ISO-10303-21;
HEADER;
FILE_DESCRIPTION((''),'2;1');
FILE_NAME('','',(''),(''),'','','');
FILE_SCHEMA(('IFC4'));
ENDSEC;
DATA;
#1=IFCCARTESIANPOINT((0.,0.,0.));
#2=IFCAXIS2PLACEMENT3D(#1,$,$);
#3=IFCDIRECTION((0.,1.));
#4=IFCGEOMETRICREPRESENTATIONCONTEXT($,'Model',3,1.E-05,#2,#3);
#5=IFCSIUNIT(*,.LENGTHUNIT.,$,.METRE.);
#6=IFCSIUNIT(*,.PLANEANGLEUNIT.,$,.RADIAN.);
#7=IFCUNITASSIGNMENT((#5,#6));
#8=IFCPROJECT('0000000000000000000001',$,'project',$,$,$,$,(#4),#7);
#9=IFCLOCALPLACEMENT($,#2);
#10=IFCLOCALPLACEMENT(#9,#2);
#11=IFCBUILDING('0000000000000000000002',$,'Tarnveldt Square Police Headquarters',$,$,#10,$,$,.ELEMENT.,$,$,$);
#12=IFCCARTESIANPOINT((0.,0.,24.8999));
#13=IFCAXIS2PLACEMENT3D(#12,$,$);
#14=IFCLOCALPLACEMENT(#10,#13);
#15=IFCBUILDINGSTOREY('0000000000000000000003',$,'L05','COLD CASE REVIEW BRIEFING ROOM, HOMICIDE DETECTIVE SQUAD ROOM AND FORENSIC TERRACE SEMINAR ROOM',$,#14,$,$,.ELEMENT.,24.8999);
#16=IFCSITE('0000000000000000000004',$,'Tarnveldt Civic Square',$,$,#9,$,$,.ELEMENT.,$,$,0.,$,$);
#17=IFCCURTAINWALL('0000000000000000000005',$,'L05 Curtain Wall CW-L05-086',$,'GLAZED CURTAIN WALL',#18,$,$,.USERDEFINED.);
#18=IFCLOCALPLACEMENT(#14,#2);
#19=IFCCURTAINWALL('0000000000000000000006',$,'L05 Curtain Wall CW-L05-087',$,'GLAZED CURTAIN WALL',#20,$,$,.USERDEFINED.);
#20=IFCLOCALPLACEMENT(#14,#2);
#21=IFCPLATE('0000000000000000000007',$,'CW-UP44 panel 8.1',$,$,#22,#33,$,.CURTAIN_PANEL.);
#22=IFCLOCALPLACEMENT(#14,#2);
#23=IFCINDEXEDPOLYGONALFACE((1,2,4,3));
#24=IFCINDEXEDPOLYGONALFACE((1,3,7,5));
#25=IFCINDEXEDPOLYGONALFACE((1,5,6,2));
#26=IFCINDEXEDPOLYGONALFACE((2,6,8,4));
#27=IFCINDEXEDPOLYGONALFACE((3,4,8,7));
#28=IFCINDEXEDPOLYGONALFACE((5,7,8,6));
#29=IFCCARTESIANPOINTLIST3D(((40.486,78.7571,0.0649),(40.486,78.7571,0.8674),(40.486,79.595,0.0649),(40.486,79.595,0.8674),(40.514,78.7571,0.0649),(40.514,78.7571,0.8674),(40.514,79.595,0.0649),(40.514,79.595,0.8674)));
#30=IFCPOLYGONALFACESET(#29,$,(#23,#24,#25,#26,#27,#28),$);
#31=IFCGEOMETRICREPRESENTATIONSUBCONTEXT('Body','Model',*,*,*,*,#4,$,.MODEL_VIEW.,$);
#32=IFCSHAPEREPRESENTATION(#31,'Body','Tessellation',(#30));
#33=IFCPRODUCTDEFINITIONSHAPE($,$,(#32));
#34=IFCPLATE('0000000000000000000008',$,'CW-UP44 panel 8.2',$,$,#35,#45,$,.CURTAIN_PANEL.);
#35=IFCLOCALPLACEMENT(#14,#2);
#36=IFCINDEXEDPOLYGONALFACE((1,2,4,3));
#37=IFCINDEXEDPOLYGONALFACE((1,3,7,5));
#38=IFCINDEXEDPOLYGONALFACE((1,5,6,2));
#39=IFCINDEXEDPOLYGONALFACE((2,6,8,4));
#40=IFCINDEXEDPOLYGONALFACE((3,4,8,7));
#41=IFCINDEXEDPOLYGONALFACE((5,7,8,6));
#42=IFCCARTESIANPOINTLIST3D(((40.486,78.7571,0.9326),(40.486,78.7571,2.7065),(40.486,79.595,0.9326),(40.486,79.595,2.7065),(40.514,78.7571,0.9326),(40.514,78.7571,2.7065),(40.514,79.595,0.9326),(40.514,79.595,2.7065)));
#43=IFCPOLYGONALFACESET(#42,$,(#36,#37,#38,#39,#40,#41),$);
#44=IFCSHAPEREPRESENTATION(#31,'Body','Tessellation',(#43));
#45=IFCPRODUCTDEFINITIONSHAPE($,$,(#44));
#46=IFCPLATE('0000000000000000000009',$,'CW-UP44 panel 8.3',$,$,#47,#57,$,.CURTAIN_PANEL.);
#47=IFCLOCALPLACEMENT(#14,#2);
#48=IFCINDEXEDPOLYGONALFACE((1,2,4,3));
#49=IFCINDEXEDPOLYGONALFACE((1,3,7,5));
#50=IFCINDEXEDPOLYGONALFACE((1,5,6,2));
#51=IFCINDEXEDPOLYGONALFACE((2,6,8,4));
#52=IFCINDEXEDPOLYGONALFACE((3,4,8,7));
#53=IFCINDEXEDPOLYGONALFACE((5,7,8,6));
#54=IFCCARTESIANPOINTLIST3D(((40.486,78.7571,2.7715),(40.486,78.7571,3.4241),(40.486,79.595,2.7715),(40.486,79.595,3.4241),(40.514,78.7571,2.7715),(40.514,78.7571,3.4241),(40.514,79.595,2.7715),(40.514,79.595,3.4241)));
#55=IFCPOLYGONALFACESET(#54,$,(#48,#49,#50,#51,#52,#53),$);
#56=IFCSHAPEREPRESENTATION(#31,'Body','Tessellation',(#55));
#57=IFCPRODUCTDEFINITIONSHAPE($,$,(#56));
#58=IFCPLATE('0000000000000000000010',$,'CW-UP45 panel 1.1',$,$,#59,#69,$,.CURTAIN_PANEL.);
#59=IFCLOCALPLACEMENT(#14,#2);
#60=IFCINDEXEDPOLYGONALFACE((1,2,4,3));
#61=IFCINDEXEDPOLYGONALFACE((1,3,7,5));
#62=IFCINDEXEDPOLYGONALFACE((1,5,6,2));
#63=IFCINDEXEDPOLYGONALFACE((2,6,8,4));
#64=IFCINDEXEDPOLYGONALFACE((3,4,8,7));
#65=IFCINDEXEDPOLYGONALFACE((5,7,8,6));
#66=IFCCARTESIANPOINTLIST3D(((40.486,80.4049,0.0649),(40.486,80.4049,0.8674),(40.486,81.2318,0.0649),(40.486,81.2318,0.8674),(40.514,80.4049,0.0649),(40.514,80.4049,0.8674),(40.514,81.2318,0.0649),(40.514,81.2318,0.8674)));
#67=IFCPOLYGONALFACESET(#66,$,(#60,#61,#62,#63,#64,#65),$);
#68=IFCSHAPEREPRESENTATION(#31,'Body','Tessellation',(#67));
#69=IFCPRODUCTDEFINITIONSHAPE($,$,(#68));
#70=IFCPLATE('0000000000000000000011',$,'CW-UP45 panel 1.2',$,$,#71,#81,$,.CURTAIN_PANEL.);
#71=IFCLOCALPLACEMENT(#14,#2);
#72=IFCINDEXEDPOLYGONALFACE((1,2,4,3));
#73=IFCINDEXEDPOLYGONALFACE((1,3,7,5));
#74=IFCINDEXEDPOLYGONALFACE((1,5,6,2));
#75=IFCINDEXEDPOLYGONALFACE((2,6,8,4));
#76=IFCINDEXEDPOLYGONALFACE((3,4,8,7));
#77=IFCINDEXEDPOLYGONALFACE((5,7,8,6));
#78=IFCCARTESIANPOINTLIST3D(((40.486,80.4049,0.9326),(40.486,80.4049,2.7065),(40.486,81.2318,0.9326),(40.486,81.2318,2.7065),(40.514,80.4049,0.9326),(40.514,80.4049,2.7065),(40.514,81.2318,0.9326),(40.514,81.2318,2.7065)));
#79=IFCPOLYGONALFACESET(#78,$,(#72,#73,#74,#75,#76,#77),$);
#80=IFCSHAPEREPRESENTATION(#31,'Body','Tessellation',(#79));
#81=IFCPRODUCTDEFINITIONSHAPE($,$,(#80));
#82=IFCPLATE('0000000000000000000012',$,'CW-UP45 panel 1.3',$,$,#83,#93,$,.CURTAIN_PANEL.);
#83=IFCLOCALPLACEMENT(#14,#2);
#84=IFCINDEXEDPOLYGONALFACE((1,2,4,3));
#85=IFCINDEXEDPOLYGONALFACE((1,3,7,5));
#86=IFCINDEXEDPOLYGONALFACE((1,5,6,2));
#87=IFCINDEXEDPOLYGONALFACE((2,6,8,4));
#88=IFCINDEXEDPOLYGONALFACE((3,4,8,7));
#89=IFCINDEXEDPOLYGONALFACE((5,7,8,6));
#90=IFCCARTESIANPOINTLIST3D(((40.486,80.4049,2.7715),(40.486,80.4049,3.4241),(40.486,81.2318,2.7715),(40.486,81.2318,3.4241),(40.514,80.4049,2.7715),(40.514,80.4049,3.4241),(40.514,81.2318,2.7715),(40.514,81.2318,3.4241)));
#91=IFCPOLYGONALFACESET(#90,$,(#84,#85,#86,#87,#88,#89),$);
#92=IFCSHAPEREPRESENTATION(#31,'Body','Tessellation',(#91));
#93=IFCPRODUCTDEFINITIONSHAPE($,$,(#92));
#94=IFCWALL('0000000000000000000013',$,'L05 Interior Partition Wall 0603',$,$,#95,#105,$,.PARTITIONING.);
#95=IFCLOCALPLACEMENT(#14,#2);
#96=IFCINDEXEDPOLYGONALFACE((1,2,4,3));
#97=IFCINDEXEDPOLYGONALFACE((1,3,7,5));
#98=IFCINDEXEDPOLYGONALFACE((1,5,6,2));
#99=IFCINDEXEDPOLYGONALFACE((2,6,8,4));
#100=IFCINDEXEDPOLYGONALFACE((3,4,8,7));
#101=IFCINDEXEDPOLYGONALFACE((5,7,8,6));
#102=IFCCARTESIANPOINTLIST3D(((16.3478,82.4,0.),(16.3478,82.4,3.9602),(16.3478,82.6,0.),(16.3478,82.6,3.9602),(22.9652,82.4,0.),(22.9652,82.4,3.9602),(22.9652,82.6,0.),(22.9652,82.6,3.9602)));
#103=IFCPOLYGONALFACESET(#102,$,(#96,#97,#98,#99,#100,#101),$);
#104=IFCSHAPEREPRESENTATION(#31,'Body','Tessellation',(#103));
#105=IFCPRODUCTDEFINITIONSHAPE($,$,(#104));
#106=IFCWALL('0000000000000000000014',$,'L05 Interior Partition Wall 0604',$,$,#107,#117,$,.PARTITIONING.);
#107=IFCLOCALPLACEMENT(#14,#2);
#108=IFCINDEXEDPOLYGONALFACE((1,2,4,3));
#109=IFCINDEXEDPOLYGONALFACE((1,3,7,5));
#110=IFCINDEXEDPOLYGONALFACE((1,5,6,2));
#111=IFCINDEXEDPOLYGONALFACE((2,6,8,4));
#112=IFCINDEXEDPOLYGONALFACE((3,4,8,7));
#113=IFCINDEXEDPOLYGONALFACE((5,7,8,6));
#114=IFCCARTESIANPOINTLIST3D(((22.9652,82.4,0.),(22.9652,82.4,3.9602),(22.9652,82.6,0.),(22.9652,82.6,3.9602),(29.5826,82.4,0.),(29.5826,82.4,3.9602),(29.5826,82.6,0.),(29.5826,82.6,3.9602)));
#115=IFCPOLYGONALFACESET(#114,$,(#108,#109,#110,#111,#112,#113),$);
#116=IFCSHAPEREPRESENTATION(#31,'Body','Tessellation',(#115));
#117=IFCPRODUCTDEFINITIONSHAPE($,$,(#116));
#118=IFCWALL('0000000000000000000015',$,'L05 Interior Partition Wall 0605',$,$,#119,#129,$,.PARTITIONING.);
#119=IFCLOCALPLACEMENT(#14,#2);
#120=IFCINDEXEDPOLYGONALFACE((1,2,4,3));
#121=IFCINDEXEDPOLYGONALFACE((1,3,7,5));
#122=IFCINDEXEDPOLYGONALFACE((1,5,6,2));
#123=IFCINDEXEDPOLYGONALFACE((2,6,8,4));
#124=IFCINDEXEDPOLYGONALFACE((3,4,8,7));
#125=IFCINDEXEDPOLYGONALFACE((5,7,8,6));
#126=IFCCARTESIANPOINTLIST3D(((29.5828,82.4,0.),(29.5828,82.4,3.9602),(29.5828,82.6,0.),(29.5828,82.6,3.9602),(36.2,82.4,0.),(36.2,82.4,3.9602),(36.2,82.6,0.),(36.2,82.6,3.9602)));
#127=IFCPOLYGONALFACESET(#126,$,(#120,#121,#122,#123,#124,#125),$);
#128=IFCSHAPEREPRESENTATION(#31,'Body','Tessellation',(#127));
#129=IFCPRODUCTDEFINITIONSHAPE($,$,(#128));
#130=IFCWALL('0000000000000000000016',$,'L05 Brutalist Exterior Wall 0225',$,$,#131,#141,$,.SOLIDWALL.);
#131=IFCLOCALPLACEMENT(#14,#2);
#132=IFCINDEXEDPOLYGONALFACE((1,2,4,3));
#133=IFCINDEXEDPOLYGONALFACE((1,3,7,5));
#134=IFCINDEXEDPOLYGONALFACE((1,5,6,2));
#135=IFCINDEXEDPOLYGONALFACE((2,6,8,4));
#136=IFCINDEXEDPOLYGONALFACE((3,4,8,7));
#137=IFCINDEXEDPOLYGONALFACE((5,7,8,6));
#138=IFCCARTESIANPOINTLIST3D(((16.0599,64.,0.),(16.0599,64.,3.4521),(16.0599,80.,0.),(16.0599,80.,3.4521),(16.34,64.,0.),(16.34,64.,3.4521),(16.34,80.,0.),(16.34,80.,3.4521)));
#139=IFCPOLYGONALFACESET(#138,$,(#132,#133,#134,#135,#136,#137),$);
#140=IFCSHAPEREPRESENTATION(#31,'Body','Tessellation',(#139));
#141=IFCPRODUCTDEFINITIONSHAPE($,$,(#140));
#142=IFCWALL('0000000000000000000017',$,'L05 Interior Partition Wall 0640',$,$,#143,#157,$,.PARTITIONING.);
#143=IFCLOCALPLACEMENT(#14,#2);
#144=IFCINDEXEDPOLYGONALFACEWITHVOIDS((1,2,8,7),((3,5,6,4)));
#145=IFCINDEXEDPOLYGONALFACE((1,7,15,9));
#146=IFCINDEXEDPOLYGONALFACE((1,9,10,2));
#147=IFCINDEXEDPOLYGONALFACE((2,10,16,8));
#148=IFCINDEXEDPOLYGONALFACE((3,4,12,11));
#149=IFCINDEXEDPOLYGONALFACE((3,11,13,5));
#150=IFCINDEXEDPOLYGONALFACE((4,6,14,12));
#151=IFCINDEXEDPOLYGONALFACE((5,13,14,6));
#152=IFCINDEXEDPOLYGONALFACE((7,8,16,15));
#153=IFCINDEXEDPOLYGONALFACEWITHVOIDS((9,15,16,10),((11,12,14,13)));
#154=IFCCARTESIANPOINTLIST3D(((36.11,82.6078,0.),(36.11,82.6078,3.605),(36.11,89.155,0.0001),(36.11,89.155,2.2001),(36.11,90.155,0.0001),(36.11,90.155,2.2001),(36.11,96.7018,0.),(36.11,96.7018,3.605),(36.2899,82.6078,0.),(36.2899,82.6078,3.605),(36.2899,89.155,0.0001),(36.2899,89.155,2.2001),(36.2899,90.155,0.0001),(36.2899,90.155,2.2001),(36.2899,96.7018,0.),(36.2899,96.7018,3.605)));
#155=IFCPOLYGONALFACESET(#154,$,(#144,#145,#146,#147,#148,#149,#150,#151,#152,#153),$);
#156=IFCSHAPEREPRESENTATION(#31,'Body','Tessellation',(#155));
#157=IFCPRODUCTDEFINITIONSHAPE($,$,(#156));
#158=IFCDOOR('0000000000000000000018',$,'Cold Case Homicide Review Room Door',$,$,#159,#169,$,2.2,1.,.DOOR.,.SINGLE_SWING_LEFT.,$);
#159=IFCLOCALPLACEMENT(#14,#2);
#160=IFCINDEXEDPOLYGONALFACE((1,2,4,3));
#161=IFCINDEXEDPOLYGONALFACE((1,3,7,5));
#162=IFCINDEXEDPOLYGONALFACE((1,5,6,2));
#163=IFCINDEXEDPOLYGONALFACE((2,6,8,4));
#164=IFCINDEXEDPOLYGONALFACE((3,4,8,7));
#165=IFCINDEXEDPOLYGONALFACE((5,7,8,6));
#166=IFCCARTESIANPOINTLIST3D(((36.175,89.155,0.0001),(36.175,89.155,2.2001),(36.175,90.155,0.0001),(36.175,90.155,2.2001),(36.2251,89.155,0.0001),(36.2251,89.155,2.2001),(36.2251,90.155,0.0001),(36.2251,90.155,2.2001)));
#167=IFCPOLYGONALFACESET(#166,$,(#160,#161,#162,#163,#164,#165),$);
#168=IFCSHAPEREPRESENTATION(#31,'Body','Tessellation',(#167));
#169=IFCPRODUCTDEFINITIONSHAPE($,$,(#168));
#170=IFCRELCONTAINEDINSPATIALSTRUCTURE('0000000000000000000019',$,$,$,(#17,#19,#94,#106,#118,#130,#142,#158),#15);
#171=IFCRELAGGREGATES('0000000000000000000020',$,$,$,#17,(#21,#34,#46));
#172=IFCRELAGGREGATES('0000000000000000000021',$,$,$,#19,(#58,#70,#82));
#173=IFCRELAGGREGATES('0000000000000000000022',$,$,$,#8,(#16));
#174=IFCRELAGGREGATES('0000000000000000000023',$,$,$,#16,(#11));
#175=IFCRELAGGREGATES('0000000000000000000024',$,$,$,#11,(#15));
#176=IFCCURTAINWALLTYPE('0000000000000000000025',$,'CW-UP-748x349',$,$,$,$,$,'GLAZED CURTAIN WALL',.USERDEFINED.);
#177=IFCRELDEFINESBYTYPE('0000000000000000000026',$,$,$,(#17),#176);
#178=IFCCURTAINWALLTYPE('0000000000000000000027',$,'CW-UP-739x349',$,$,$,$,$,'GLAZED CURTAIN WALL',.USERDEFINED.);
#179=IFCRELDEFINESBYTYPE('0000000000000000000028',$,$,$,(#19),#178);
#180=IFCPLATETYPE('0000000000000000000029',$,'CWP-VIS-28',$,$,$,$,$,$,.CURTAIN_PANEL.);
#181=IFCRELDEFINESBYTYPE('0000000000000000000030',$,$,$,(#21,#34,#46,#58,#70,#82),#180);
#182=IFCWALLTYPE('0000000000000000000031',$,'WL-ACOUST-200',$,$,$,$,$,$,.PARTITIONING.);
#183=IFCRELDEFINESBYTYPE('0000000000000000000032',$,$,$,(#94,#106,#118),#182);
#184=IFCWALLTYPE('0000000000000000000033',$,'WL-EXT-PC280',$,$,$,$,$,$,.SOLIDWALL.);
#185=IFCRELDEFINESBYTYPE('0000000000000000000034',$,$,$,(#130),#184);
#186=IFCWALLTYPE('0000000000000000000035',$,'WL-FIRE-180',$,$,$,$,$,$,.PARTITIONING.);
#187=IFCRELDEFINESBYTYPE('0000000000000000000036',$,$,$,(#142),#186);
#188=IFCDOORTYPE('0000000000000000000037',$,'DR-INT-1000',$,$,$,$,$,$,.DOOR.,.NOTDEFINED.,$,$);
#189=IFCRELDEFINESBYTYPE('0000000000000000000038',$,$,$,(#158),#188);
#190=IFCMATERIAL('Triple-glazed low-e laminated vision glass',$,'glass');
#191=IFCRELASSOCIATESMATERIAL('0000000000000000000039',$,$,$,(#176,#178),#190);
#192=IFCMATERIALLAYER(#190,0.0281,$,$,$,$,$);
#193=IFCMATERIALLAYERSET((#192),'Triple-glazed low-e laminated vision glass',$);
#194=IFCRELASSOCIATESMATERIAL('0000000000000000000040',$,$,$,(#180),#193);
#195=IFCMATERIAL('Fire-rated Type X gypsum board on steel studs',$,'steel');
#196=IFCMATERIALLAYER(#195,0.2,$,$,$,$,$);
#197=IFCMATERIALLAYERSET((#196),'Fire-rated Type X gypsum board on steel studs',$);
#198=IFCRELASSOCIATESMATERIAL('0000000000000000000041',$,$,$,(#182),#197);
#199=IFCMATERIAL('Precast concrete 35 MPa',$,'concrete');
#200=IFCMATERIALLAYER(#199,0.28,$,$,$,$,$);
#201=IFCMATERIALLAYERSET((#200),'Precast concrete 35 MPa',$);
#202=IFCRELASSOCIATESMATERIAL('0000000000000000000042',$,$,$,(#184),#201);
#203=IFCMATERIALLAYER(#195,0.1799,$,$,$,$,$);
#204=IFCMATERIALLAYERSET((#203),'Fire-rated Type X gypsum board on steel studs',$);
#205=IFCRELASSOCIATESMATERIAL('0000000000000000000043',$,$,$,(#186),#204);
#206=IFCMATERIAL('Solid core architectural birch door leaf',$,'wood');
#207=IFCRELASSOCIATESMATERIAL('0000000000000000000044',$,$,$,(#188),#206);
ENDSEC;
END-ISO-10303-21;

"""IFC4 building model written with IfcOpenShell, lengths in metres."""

from ifc_helpers import new_model, si_unit, direction, frame, frame_2d, origin, origin_2d, place, context, subcontext, project, spatial, rectangle, extrude, material, layer, layer_set, type_object, element, fill, aggregate, save


model = new_model("IFC4")

# Units and contexts
model_context = context("Model", 3, precision=1e-05, world=origin(), true_north=direction((0.0, 1.0)))
body_context = subcontext(model_context, "Body", "Model", "MODEL_VIEW")
ifc_project = project(units=[si_unit("LENGTHUNIT", "METRE"), si_unit("PLANEANGLEUNIT", "RADIAN")], contexts=[model_context])

# Site, building, storey
site_placement = place(None, origin())
site = spatial("IfcSite", under=ifc_project, at=site_placement, Name="Tarnveldt Civic Square", CompositionType="ELEMENT", RefElevation=0.0)
building_placement = place(site_placement, origin())
building = spatial("IfcBuilding", under=site, at=building_placement, Name="Tarnveldt Square Police Headquarters", CompositionType="ELEMENT")
storey_placement = place(building_placement, frame((0.0, 0.0, 24.8999)))
storey = spatial("IfcBuildingStorey", under=building, at=storey_placement, Name="L05", Description="COLD CASE REVIEW BRIEFING ROOM, HOMICIDE DETECTIVE SQUAD ROOM AND FORENSIC TERRACE SEMINAR ROOM", CompositionType="ELEMENT", Elevation=24.8999)

# Curtain wall
ifc_material_1 = material(Name="Triple-glazed low-e laminated vision glass", Category="glass")
curtain_wall_type_1 = type_object("IfcCurtainWallType", Name="CW-UP-748x349", ElementType="GLAZED CURTAIN WALL", PredefinedType="USERDEFINED", material=ifc_material_1)
curtain_wall_1_placement = place(storey_placement, origin())
curtain_wall_1 = element("IfcCurtainWall", 1, at=curtain_wall_1_placement, inside=storey, type_object=curtain_wall_type_1, Name="L05 Curtain Wall CW-L05-086", ObjectType="GLAZED CURTAIN WALL", PredefinedType="USERDEFINED")

# Curtain wall
curtain_wall_type_2 = type_object("IfcCurtainWallType", Name="CW-UP-739x349", ElementType="GLAZED CURTAIN WALL", PredefinedType="USERDEFINED", material=ifc_material_1)
curtain_wall_2_placement = place(storey_placement, origin())
curtain_wall_2 = element("IfcCurtainWall", 2, at=curtain_wall_2_placement, inside=storey, type_object=curtain_wall_type_2, Name="L05 Curtain Wall CW-L05-087", ObjectType="GLAZED CURTAIN WALL", PredefinedType="USERDEFINED")

# Plates
ifc_layer_1 = layer(ifc_material_1, 0.0281)
ifc_layer_set_1 = layer_set([ifc_layer_1], Name="Triple-glazed low-e laminated vision glass")
plate_type = type_object("IfcPlateType", Name="CWP-VIS-28", PredefinedType="CURTAIN_PANEL", material=ifc_layer_set_1)
plate_1_placement = place(storey_placement, frame((40.5, 79.176, 0.0649), z_axis=(0.0, 0.0, 1.0), x_axis=(0.0, 1.0, 0.0)))
plate_1 = element("IfcPlate", 3, at=plate_1_placement, type_object=plate_type, Name="CW-UP44 panel 8.1", PredefinedType="CURTAIN_PANEL", context=body_context, shape_type="SweptSolid", body=[
    extrude(rectangle(XDim=0.8379, YDim=0.0281, at=origin_2d()), origin(), (0.0, 0.0, 1.0), 0.8025),
])
plate_2_placement = place(storey_placement, frame((40.5, 79.176, 0.9326), z_axis=(0.0, 0.0, 1.0), x_axis=(0.0, 1.0, 0.0)))
plate_2 = element("IfcPlate", 4, at=plate_2_placement, type_object=plate_type, Name="CW-UP44 panel 8.2", PredefinedType="CURTAIN_PANEL", context=body_context, shape_type="SweptSolid", body=[
    extrude(rectangle(XDim=0.8379, YDim=0.0281, at=origin_2d()), origin(), (0.0, 0.0, 1.0), 1.7739),
])
plate_3_placement = place(storey_placement, frame((40.5, 79.176, 2.7715), z_axis=(0.0, 0.0, 1.0), x_axis=(0.0, 1.0, 0.0)))
plate_3 = element("IfcPlate", 5, at=plate_3_placement, type_object=plate_type, Name="CW-UP44 panel 8.3", PredefinedType="CURTAIN_PANEL", context=body_context, shape_type="SweptSolid", body=[
    extrude(rectangle(XDim=0.8379, YDim=0.0281, at=origin_2d()), origin(), (0.0, 0.0, 1.0), 0.6526),
])
aggregate(curtain_wall_1, [plate_1, plate_2, plate_3])
plate_4_placement = place(storey_placement, frame((40.5, 80.8184, 0.0649), z_axis=(0.0, 0.0, 1.0), x_axis=(0.0, 1.0, 0.0)))
plate_4 = element("IfcPlate", 6, at=plate_4_placement, type_object=plate_type, Name="CW-UP45 panel 1.1", PredefinedType="CURTAIN_PANEL", context=body_context, shape_type="SweptSolid", body=[
    extrude(rectangle(XDim=0.8269, YDim=0.0281, at=origin_2d()), origin(), (0.0, 0.0, 1.0), 0.8025),
])
plate_5_placement = place(storey_placement, frame((40.5, 80.8184, 0.9326), z_axis=(0.0, 0.0, 1.0), x_axis=(0.0, 1.0, 0.0)))
plate_5 = element("IfcPlate", 7, at=plate_5_placement, type_object=plate_type, Name="CW-UP45 panel 1.2", PredefinedType="CURTAIN_PANEL", context=body_context, shape_type="SweptSolid", body=[
    extrude(rectangle(XDim=0.8269, YDim=0.0281, at=origin_2d()), origin(), (0.0, 0.0, 1.0), 1.7739),
])
plate_6_placement = place(storey_placement, frame((40.5, 80.8184, 2.7715), z_axis=(0.0, 0.0, 1.0), x_axis=(0.0, 1.0, 0.0)))
plate_6 = element("IfcPlate", 8, at=plate_6_placement, type_object=plate_type, Name="CW-UP45 panel 1.3", PredefinedType="CURTAIN_PANEL", context=body_context, shape_type="SweptSolid", body=[
    extrude(rectangle(XDim=0.8269, YDim=0.0281, at=origin_2d()), origin(), (0.0, 0.0, 1.0), 0.6526),
])
aggregate(curtain_wall_2, [plate_4, plate_5, plate_6])

# Walls
ifc_material_2 = material(Name="Fire-rated Type X gypsum board on steel studs", Category="steel")
ifc_layer_2 = layer(ifc_material_2, 0.2)
ifc_layer_set_2 = layer_set([ifc_layer_2], Name="Fire-rated Type X gypsum board on steel studs")
wall_type_1 = type_object("IfcWallType", Name="WL-ACOUST-200", PredefinedType="PARTITIONING", material=ifc_layer_set_2)
for number, where, z_axis, x_axis, name in (
    (9, (16.3479, 82.5, 0.0), (0.0, 0.0, 1.0), (1.0, 0.0, 0.0), "L05 Interior Partition Wall 0603"),
    (10, (22.9653, 82.5, 0.0), (0.0, 0.0, 1.0), (1.0, 0.0, 0.0), "L05 Interior Partition Wall 0604"),
):
    element("IfcWall", number, at=place(storey_placement, frame(where, z_axis=z_axis, x_axis=x_axis)), inside=storey, type_object=wall_type_1, Name=name, PredefinedType="PARTITIONING", context=body_context, shape_type="SweptSolid", body=[
        extrude(rectangle(XDim=6.6174, YDim=0.2, at=frame_2d((3.3086, 0.0))), origin(), (0.0, 0.0, 1.0), 3.9602),
    ])
wall_1_placement = place(storey_placement, frame((29.5828, 82.5, 0.0), z_axis=(0.0, 0.0, 1.0), x_axis=(1.0, 0.0, 0.0)))
element("IfcWall", 11, at=wall_1_placement, inside=storey, type_object=wall_type_1, Name="L05 Interior Partition Wall 0605", PredefinedType="PARTITIONING", context=body_context, shape_type="SweptSolid", body=[
    extrude(rectangle(XDim=6.6172, YDim=0.2, at=frame_2d((3.3086, 0.0))), origin(), (0.0, 0.0, 1.0), 3.9602),
])
ifc_material_3 = material(Name="Precast concrete 35 MPa", Category="concrete")
ifc_layer_3 = layer(ifc_material_3, 0.28)
ifc_layer_set_3 = layer_set([ifc_layer_3], Name="Precast concrete 35 MPa")
wall_type_2 = type_object("IfcWallType", Name="WL-EXT-PC280", PredefinedType="SOLIDWALL", material=ifc_layer_set_3)
wall_2_placement = place(storey_placement, frame((16.2, 80.0, 0.0), z_axis=(0.0, 0.0, 1.0), x_axis=(0.0, -1.0, 0.0)))
element("IfcWall", 12, at=wall_2_placement, inside=storey, type_object=wall_type_2, Name="L05 Brutalist Exterior Wall 0225", PredefinedType="SOLIDWALL", context=body_context, shape_type="SweptSolid", body=[
    extrude(rectangle(XDim=16.0, YDim=0.28, at=frame_2d((8.0, 0.0))), origin(), (0.0, 0.0, 1.0), 3.4521),
])

# Wall, opening, door
ifc_layer_4 = layer(ifc_material_2, 0.1799)
ifc_layer_set_4 = layer_set([ifc_layer_4], Name="Fire-rated Type X gypsum board on steel studs")
wall_type_3 = type_object("IfcWallType", Name="WL-FIRE-180", PredefinedType="PARTITIONING", material=ifc_layer_set_4)
wall_3_placement = place(storey_placement, frame((36.2, 82.6079, 0.0), z_axis=(0.0, 0.0, 1.0), x_axis=(0.0, 1.0, 0.0)))
wall_3 = element("IfcWall", 13, at=wall_3_placement, inside=storey, type_object=wall_type_3, Name="L05 Interior Partition Wall 0640", PredefinedType="PARTITIONING", context=body_context, shape_type="SweptSolid", body=[
    extrude(rectangle(XDim=14.094, YDim=0.1799, at=frame_2d((7.0469, 0.0))), origin(), (0.0, 0.0, 1.0), 3.605),
])
opening_placement = place(wall_3_placement, frame((6.5471, 0.0, 0.0)))
opening = element("IfcOpeningElement", 14, at=opening_placement, cuts=wall_3, PredefinedType="OPENING", context=body_context, shape_type="SweptSolid", body=[
    extrude(rectangle(XDim=1.0, YDim=2.2, at=frame_2d((0.5, 1.1001))), frame((0.0, 0.0999, 0.0), z_axis=(0.0, -1.0, 0.0), x_axis=(1.0, 0.0, 0.0)), (0.0, 0.0, 1.0), 0.2),
])
ifc_material_4 = material(Name="Solid core architectural birch door leaf", Category="wood")
door_type = type_object("IfcDoorType", Name="DR-INT-1000", OperationType="NOTDEFINED", PredefinedType="DOOR", material=ifc_material_4)
door_placement = place(opening_placement, origin())
door = element("IfcDoor", 15, at=door_placement, inside=storey, type_object=door_type, Name="Cold Case Homicide Review Room Door", OperationType="SINGLE_SWING_LEFT", OverallHeight=2.2, OverallWidth=1.0, PredefinedType="DOOR", context=body_context, shape_type="SweptSolid", body=[
    extrude(rectangle(XDim=1.0, YDim=2.2, at=frame_2d((0.5, 1.1001))), frame((0.0, 0.0249, 0.0), z_axis=(0.0, -1.0, 0.0), x_axis=(1.0, 0.0, 0.0)), (0.0, 0.0, 1.0), 0.05),
])
fill(opening, door)

save(model, "model.ifc")
